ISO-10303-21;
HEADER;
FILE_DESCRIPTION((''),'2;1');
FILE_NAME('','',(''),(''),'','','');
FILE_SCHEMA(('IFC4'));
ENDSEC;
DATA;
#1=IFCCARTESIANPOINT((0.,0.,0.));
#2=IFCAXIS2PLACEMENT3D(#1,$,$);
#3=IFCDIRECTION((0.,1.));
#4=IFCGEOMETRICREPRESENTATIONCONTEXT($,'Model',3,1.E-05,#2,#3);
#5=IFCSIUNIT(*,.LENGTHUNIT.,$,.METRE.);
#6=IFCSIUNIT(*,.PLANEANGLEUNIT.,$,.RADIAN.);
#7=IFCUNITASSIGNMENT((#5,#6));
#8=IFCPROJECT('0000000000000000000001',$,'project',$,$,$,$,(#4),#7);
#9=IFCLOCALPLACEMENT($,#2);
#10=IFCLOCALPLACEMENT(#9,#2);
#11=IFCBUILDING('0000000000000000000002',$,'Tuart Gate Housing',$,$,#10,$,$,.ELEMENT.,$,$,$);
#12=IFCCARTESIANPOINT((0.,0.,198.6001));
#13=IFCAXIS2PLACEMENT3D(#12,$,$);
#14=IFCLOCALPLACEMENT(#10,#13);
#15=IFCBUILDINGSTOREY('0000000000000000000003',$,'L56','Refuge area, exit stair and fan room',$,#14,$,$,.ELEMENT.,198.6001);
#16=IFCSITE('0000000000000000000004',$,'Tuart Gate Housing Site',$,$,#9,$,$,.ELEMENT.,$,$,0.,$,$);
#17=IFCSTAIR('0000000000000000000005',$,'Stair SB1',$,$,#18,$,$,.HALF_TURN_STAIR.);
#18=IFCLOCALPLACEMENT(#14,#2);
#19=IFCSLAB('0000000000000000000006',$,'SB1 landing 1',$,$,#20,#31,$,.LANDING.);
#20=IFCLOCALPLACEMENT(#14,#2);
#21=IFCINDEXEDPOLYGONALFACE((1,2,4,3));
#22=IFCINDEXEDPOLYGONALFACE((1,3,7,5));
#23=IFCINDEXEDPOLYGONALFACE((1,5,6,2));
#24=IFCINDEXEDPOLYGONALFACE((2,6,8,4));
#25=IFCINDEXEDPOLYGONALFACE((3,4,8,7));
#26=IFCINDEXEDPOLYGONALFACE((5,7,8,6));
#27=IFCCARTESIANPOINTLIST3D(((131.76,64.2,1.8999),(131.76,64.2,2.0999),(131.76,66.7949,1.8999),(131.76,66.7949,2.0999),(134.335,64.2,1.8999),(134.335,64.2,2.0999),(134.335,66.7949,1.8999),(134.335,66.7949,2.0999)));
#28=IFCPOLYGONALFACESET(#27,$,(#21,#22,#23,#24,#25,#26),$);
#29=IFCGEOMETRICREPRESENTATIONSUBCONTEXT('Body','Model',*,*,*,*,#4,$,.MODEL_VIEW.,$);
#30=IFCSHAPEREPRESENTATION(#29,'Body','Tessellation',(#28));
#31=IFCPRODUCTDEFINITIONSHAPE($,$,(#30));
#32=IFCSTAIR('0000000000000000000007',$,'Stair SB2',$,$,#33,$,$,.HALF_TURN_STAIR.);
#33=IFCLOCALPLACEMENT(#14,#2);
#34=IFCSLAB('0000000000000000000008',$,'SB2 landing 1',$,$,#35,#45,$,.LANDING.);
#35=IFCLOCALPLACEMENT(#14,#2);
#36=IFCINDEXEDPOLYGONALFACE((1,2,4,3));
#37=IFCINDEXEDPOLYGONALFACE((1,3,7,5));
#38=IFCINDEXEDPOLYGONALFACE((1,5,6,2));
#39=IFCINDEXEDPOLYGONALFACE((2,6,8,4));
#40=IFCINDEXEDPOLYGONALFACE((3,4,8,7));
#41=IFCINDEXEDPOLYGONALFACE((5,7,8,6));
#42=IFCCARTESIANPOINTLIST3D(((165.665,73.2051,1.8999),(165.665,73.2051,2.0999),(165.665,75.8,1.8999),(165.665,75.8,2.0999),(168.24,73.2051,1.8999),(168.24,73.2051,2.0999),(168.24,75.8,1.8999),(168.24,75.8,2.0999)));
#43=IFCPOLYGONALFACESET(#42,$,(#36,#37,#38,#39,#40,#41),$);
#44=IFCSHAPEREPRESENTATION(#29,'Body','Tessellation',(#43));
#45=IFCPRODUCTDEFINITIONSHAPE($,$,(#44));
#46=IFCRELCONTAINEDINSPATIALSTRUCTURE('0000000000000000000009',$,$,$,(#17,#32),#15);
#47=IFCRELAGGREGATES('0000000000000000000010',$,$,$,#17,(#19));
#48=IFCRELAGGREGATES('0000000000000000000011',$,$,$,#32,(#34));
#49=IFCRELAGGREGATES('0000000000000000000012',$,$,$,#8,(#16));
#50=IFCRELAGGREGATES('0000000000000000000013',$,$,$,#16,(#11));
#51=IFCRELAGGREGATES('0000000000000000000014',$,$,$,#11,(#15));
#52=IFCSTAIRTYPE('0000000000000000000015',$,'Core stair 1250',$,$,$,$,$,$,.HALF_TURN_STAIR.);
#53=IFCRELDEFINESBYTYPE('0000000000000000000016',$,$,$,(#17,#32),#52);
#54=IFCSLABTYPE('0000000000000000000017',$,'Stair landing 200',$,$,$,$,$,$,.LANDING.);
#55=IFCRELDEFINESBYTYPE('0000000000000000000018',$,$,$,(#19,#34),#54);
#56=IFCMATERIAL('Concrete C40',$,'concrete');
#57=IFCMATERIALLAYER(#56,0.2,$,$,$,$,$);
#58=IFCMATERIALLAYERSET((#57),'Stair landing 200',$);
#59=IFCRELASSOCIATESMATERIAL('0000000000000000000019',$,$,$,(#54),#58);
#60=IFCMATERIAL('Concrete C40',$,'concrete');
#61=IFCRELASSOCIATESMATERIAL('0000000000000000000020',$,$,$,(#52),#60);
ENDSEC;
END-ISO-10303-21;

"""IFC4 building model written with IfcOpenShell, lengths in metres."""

from ifc_helpers import new_model, si_unit, direction, frame, origin, place, context, subcontext, project, spatial, polyline, outline, extrude, material, layer, layer_set, type_object, element, aggregate, save


model = new_model("IFC4")

# Units and contexts
model_context = context("Model", 3, precision=1e-05, world=origin(), true_north=direction((0.0, 1.0)))
body_context = subcontext(model_context, "Body", "Model", "MODEL_VIEW")
ifc_project = project(units=[si_unit("LENGTHUNIT", "METRE"), si_unit("PLANEANGLEUNIT", "RADIAN")], contexts=[model_context])

# Site, building, storey
site_placement = place(None, origin())
site = spatial("IfcSite", under=ifc_project, at=site_placement, Name="Tuart Gate Housing Site", CompositionType="ELEMENT", RefElevation=0.0)
building_placement = place(site_placement, origin())
building = spatial("IfcBuilding", under=site, at=building_placement, Name="Tuart Gate Housing", CompositionType="ELEMENT")
storey_placement = place(building_placement, frame((0.0, 0.0, 198.6001)))
storey = spatial("IfcBuildingStorey", under=building, at=storey_placement, Name="L56", Description="Refuge area, exit stair and fan room", CompositionType="ELEMENT", Elevation=198.6001)

# Stairs, slabs
ifc_material_1 = material(Name="Concrete C40", Category="concrete")
ifc_layer_1 = layer(ifc_material_1, 0.2)
ifc_layer_set_1 = layer_set([ifc_layer_1], Name="Stair landing 200")
slab_type_1 = type_object("IfcSlabType", Name="Stair landing 200", PredefinedType="LANDING", material=ifc_layer_set_1)
ifc_material_2 = material(Name="Concrete C40", Category="concrete")
stair_type_1 = type_object("IfcStairType", Name="Core stair 1250", PredefinedType="HALF_TURN_STAIR", material=ifc_material_2)
stair_1_placement = place(storey_placement, origin())
stair_1 = element("IfcStair", 1, at=stair_1_placement, inside=storey, type_object=stair_type_1, Name="Stair SB1", PredefinedType="HALF_TURN_STAIR")
slab_1_placement = place(storey_placement, frame((0.0, 0.0, 1.8999)))
slab_1 = element("IfcSlab", 2, at=slab_1_placement, type_object=slab_type_1, Name="SB1 landing 1", PredefinedType="LANDING", context=body_context, shape_type="SweptSolid", body=[
    extrude(outline(polyline([(134.335, 66.7949), (131.76, 66.7949), (131.76, 64.2), (134.335, 64.2), (134.335, 66.7949)])), origin(), (0.0, 0.0, 1.0), 0.2),
])
aggregate(stair_1, [slab_1])
stair_2_placement = place(storey_placement, origin())
stair_2 = element("IfcStair", 3, at=stair_2_placement, inside=storey, type_object=stair_type_1, Name="Stair SB2", PredefinedType="HALF_TURN_STAIR")
slab_2_placement = place(storey_placement, frame((0.0, 0.0, 1.8999)))
slab_2 = element("IfcSlab", 4, at=slab_2_placement, type_object=slab_type_1, Name="SB2 landing 1", PredefinedType="LANDING", context=body_context, shape_type="SweptSolid", body=[
    extrude(outline(polyline([(165.665, 73.2051), (168.24, 73.2051), (168.24, 75.8), (165.665, 75.8), (165.665, 73.2051)])), origin(), (0.0, 0.0, 1.0), 0.2),
])
aggregate(stair_2, [slab_2])

save(model, "model.ifc")
